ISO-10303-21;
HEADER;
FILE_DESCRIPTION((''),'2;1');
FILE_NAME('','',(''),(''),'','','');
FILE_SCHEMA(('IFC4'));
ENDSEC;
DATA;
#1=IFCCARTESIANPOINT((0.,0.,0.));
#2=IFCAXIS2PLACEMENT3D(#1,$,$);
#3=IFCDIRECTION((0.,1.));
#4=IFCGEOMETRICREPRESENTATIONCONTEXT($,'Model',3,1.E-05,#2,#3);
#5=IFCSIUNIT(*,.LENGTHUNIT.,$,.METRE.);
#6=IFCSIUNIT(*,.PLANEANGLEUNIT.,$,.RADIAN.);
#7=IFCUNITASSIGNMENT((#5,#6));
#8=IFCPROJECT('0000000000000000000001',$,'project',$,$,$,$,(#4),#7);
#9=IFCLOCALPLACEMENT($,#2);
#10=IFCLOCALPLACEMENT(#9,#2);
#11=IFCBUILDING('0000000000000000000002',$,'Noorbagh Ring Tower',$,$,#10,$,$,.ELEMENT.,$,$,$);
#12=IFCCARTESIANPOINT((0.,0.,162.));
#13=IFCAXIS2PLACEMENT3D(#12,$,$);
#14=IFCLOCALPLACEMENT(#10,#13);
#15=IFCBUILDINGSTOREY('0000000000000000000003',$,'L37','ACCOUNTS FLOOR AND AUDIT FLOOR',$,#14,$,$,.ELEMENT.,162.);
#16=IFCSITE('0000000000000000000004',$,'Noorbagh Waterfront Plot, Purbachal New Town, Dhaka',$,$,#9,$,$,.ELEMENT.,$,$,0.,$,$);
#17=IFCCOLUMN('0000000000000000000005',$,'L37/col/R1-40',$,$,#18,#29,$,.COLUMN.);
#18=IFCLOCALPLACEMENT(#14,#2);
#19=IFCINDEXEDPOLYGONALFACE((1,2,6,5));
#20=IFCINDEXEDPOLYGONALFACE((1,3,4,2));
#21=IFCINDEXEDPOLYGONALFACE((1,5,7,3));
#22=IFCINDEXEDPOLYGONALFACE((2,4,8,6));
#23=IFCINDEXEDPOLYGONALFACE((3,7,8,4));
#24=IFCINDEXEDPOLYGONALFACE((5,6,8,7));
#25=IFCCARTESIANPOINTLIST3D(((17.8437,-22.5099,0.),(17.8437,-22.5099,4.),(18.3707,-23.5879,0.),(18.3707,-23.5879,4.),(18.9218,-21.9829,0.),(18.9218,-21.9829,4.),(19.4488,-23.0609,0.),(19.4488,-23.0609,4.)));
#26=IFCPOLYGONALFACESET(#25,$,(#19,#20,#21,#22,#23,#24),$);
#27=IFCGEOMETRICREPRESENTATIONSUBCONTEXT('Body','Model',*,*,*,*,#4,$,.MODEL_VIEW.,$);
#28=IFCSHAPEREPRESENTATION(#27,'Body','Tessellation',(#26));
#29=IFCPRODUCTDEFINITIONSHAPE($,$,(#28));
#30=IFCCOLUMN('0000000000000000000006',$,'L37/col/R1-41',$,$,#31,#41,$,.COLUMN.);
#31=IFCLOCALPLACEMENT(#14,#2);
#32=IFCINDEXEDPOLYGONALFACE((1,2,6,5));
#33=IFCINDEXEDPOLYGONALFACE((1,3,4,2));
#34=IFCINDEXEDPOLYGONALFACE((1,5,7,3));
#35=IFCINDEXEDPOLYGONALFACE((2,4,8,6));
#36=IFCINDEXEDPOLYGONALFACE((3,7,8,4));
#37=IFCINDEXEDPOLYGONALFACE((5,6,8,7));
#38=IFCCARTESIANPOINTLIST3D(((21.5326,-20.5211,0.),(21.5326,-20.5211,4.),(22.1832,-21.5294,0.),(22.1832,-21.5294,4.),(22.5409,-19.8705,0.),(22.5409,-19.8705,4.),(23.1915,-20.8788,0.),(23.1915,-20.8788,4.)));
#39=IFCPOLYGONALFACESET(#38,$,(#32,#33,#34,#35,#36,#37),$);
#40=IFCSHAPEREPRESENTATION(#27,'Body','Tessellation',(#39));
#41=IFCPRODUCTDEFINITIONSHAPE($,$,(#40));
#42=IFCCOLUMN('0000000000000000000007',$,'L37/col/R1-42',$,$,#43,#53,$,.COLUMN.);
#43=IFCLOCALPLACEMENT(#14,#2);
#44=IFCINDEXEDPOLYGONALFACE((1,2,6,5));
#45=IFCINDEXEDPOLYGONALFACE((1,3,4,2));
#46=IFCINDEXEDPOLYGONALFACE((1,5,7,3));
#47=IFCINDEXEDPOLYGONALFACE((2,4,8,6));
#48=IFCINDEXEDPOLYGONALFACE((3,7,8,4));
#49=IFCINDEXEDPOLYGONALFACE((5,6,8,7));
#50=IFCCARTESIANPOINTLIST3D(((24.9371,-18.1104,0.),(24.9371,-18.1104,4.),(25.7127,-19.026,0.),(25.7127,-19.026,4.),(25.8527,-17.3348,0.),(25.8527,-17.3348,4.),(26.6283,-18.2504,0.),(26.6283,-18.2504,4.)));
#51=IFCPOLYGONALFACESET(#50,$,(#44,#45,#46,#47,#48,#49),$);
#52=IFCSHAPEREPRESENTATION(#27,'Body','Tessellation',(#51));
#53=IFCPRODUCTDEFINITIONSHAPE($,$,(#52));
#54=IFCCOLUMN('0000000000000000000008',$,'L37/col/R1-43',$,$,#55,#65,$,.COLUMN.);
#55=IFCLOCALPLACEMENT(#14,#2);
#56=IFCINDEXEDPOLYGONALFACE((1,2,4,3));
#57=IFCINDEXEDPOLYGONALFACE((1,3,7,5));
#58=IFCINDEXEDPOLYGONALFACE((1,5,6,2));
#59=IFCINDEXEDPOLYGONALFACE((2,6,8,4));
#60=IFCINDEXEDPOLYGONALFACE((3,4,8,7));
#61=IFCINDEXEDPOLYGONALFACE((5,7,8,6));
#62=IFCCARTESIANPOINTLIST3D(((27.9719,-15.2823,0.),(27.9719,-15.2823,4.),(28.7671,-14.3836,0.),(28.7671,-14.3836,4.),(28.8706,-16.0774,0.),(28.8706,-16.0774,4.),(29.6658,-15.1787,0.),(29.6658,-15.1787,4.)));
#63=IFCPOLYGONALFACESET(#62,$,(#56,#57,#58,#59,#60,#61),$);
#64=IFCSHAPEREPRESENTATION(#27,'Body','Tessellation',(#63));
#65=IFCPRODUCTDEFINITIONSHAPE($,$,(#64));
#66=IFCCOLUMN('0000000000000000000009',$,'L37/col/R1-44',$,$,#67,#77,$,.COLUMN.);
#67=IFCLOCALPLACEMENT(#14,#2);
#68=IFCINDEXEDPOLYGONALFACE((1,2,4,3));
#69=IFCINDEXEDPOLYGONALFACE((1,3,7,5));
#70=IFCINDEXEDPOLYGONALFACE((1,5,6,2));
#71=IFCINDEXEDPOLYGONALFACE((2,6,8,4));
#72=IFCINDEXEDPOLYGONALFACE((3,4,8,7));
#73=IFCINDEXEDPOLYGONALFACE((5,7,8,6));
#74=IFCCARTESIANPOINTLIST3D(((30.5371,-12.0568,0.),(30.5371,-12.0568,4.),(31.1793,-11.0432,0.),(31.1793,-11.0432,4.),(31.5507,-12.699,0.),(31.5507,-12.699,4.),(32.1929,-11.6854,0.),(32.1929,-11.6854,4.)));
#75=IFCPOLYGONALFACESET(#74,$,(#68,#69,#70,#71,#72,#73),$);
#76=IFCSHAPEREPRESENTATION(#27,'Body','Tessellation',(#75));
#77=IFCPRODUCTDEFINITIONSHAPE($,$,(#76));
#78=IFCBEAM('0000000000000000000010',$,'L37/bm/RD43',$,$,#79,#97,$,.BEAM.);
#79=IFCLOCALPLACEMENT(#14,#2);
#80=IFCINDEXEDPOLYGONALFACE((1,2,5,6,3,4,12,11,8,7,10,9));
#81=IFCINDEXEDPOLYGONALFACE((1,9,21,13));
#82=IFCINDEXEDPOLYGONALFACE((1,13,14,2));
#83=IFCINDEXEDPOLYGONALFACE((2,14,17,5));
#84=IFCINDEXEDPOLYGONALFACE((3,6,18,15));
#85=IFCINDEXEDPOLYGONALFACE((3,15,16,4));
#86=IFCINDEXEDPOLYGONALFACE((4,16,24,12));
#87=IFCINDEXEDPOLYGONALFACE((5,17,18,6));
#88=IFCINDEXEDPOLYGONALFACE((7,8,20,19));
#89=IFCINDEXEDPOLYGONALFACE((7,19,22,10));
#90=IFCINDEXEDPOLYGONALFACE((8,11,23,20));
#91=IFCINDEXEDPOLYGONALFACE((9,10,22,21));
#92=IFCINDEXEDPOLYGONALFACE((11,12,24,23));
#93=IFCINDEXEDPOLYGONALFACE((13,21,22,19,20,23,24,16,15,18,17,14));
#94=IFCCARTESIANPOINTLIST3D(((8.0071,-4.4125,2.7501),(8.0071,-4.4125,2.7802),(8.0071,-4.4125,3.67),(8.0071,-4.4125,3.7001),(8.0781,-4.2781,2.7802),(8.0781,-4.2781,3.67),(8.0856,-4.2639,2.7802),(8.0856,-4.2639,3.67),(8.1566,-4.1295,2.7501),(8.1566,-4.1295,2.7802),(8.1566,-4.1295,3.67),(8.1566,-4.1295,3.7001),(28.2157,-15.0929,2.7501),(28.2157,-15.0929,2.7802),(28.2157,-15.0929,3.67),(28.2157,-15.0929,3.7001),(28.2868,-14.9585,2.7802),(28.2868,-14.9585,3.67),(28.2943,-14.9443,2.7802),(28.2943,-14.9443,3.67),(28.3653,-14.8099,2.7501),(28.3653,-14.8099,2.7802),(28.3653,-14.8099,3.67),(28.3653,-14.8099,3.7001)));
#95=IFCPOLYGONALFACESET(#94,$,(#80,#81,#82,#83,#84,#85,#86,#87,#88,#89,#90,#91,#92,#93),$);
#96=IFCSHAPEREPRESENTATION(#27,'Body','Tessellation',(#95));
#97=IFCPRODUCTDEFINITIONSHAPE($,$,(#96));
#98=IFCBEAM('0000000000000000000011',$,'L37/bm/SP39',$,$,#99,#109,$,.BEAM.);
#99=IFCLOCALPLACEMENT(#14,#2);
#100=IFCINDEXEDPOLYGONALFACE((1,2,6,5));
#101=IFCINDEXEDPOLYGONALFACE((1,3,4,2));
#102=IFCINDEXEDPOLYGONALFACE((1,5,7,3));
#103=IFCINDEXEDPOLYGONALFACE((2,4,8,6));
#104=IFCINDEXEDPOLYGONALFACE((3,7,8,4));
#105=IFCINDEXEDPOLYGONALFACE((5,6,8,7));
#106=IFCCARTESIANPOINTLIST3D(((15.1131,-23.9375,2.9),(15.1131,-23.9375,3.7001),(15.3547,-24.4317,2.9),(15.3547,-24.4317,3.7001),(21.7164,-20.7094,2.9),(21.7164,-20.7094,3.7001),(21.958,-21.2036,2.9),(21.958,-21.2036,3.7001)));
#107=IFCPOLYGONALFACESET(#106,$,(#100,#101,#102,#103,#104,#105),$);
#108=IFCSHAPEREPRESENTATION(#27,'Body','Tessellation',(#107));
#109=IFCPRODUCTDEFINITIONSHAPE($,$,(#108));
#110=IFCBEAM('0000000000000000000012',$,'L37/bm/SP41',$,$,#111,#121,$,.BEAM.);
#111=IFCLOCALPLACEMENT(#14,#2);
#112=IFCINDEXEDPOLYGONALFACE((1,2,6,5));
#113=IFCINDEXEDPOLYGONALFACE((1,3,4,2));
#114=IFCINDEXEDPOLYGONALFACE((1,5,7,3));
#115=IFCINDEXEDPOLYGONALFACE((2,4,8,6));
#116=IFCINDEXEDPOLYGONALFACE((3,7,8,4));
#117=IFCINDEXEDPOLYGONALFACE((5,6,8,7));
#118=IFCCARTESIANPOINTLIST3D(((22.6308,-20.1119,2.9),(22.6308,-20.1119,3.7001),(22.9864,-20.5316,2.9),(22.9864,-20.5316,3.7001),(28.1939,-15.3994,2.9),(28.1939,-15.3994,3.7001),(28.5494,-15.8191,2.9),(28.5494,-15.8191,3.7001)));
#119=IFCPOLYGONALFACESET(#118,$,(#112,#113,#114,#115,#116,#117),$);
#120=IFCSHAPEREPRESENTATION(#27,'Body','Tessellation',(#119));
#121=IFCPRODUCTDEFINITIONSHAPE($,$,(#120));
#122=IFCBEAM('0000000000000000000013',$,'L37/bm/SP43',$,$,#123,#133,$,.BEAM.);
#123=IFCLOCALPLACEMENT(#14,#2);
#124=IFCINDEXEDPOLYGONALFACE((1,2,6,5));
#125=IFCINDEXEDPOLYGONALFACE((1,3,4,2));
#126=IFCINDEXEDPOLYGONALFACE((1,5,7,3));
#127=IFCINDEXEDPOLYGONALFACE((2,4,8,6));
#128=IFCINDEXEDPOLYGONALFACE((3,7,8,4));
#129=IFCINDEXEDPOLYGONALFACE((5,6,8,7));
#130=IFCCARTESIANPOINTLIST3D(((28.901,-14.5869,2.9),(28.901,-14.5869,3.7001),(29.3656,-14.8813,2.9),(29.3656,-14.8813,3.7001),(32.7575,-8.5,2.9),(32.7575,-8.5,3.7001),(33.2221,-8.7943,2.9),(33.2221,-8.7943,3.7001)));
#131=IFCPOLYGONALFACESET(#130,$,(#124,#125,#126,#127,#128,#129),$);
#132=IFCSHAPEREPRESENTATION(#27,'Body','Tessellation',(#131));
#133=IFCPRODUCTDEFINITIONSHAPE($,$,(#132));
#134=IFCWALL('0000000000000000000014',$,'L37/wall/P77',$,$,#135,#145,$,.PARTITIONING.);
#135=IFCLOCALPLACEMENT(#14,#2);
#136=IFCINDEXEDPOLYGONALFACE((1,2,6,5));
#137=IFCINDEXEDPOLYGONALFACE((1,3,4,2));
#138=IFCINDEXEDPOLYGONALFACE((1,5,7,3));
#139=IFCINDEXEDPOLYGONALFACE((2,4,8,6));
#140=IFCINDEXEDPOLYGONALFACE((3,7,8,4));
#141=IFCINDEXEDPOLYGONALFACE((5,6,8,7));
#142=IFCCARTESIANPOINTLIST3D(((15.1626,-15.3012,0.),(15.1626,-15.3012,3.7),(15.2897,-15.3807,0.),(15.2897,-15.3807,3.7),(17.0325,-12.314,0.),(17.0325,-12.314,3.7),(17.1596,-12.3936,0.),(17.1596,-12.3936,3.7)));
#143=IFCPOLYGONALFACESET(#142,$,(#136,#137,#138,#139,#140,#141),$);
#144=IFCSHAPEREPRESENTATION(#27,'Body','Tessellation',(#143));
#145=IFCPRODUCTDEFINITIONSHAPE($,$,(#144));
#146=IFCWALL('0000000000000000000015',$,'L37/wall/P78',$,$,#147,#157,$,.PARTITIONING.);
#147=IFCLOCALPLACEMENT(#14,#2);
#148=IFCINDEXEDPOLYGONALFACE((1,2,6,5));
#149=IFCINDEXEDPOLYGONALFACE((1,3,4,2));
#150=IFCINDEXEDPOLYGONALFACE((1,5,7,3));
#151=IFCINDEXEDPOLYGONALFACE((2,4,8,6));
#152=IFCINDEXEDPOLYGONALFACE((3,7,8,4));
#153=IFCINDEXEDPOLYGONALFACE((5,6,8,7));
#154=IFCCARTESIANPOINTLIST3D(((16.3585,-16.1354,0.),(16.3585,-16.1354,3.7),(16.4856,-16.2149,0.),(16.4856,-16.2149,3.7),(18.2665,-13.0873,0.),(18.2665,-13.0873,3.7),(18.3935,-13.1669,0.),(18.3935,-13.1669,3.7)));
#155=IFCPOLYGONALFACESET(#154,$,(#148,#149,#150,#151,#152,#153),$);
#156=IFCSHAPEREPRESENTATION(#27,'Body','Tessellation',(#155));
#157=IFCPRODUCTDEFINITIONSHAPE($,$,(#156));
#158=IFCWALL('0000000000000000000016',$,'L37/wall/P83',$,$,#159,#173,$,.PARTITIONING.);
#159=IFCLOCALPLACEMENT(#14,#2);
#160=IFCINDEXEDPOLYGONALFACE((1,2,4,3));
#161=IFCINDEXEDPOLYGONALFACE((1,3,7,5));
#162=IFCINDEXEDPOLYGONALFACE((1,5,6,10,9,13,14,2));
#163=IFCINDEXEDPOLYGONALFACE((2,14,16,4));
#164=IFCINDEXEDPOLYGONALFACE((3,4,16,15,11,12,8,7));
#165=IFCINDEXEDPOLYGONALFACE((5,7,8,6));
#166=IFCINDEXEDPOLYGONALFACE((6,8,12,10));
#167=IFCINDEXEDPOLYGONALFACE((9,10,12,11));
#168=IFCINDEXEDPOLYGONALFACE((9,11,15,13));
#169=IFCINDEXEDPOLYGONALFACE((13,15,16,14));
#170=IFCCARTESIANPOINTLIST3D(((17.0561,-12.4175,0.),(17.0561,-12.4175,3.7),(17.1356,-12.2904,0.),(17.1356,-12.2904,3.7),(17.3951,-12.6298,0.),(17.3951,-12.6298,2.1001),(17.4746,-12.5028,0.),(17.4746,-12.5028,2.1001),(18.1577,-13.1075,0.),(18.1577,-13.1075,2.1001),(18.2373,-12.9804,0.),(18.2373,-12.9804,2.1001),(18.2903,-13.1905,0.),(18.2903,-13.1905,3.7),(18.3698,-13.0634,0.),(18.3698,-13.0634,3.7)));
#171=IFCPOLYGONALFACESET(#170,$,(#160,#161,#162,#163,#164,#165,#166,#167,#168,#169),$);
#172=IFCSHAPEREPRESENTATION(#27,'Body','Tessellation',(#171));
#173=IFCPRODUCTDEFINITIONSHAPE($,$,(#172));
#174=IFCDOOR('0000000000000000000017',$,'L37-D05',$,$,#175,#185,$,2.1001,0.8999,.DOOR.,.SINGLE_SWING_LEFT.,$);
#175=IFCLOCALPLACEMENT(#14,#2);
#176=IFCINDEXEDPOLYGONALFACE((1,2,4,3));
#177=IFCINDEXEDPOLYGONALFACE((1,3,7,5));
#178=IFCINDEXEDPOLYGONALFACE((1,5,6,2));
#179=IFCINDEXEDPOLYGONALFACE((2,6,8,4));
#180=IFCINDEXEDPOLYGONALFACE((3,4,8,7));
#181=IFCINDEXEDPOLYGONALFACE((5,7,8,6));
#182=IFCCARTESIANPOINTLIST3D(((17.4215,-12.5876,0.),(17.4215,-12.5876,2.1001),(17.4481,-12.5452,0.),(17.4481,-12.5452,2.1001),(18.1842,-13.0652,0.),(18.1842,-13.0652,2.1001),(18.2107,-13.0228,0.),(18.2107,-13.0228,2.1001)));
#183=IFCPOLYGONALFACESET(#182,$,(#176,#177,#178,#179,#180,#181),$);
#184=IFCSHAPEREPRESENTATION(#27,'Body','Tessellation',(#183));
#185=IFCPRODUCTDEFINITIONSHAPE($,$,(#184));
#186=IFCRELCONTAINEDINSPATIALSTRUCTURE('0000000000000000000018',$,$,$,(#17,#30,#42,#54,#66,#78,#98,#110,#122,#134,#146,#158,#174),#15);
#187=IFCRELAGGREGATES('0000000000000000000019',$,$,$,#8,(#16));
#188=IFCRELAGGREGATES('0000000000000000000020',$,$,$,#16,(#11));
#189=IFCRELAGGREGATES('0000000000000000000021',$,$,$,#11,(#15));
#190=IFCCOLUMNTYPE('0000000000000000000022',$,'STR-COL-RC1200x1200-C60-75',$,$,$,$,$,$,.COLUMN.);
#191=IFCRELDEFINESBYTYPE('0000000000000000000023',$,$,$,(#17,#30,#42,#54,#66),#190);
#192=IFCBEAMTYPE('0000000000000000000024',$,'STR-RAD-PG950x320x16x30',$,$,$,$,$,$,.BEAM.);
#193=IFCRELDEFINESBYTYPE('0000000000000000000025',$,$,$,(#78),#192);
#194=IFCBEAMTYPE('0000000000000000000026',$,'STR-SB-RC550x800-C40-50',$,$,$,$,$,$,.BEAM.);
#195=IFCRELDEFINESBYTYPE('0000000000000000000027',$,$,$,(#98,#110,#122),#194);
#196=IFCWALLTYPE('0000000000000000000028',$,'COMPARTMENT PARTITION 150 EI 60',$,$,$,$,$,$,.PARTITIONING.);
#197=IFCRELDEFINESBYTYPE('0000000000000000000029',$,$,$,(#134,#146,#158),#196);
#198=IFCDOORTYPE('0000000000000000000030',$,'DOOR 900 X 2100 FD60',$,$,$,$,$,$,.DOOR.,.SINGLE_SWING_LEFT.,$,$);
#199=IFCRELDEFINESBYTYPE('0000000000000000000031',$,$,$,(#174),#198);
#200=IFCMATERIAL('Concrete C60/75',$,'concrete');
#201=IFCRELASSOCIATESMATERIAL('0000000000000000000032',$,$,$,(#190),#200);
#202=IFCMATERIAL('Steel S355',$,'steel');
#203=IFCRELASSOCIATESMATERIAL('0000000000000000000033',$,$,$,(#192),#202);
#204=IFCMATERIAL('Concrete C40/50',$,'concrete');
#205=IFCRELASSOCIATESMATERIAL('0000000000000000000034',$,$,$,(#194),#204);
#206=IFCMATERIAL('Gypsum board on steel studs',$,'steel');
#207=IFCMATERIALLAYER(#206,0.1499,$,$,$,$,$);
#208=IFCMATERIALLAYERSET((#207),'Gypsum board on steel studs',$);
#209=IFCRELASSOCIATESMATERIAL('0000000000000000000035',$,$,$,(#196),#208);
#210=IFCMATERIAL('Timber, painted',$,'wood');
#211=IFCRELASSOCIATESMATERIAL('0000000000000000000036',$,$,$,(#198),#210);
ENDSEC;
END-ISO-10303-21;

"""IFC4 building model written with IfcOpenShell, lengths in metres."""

from ifc_helpers import new_model, si_unit, direction, frame, frame_2d, origin, origin_2d, place, context, subcontext, project, spatial, rectangle, i_section, extrude, material, layer, layer_set, material_profile, profile_set, type_object, element, fill, save


model = new_model("IFC4")

# Units and contexts
model_context = context("Model", 3, precision=1e-05, world=origin(), true_north=direction((0.0, 1.0)))
body_context = subcontext(model_context, "Body", "Model", "MODEL_VIEW")
ifc_project = project(units=[si_unit("LENGTHUNIT", "METRE"), si_unit("PLANEANGLEUNIT", "RADIAN")], contexts=[model_context])

# Site, building, storey
site_placement = place(None, origin())
site = spatial("IfcSite", under=ifc_project, at=site_placement, Name="Noorbagh Waterfront Plot, Purbachal New Town, Dhaka", CompositionType="ELEMENT", RefElevation=0.0)
building_placement = place(site_placement, origin())
building = spatial("IfcBuilding", under=site, at=building_placement, Name="Noorbagh Ring Tower", CompositionType="ELEMENT")
storey_placement = place(building_placement, frame((0.0, 0.0, 162.0)))
storey = spatial("IfcBuildingStorey", under=building, at=storey_placement, Name="L37", Description="ACCOUNTS FLOOR AND AUDIT FLOOR", CompositionType="ELEMENT", Elevation=162.0)

# Columns
ifc_material_1 = material(Name="Concrete C60/75", Category="concrete")
ifc_material_profile_1 = material_profile(ifc_material_1, rectangle(XDim=1.2, YDim=1.2, at=origin_2d()), Name="RC1200x1200")
ifc_profile_set_1 = profile_set([ifc_material_profile_1], Name="Concrete C60/75")
column_type = type_object("IfcColumnType", Name="STR-COL-RC1200x1200-C60-75", PredefinedType="COLUMN", material=ifc_profile_set_1)
for number, where, z_axis, x_axis, name in (
    (1, (18.6462, -22.7854, 0.0), (0.0, 0.0, 1.0), (0.898399, 0.43918, 0.0), "L37/col/R1-40"),
    (2, (22.3621, -20.7, 0.0), (0.0, 0.0, 1.0), (0.840248, 0.542203, 0.0), "L37/col/R1-41"),
    (3, (25.7827, -18.1804, 0.0), (0.0, 0.0, 1.0), (0.763035, 0.646357, 0.0), "L37/col/R1-42"),
    (4, (28.8188, -15.2305, 0.0), (0.0, 0.0, 1.0), (0.662636, 0.748942, 0.0), "L37/col/R1-43"),
    (5, (31.365, -11.8711, 0.0), (0.0, 0.0, 1.0), (0.53519, 0.844731, 0.0), "L37/col/R1-44"),
):
    element("IfcColumn", number, at=place(storey_placement, frame(where, z_axis=z_axis, x_axis=x_axis)), inside=storey, type_object=column_type, Name=name, PredefinedType="COLUMN", context=body_context, shape_type="SweptSolid", body=[
        extrude(rectangle(XDim=1.2, YDim=1.2, at=origin_2d()), origin(), (0.0, 0.0, 1.0), 4.0),
    ])

# Beams
ifc_material_2 = material(Name="Steel S355", Category="steel")
ifc_material_profile_2 = material_profile(ifc_material_2, i_section(OverallWidth=0.3201, OverallDepth=0.95, WebThickness=0.0161, FlangeThickness=0.03, at=origin_2d()), Name="PG950x320x16x30")
ifc_profile_set_2 = profile_set([ifc_material_profile_2], Name="Steel S355")
beam_type_1 = type_object("IfcBeamType", Name="STR-RAD-PG950x320x16x30", PredefinedType="BEAM", material=ifc_profile_set_2)
beam_1_placement = place(storey_placement, frame((28.2905, -14.9514, 3.2251), z_axis=(-0.884119, 0.467261, 0.0), x_axis=(-0.467261, -0.884119, 0.0)))
element("IfcBeam", 6, at=beam_1_placement, inside=storey, type_object=beam_type_1, Name="L37/bm/RD43", PredefinedType="BEAM", context=body_context, shape_type="SweptSolid", body=[
    extrude(i_section(OverallWidth=0.3201, OverallDepth=0.95, WebThickness=0.0161, FlangeThickness=0.03, at=origin_2d()), origin(), (0.0, 0.0, 1.0), 22.8574),
])
ifc_material_3 = material(Name="Concrete C40/50", Category="concrete")
ifc_material_profile_3 = material_profile(ifc_material_3, rectangle(XDim=0.55, YDim=0.8, at=origin_2d()), Name="RC550x800")
ifc_profile_set_3 = profile_set([ifc_material_profile_3], Name="Concrete C40/50")
beam_type_2 = type_object("IfcBeamType", Name="STR-SB-RC550x800-C40-50", PredefinedType="BEAM", material=ifc_profile_set_3)
beam_2_placement = place(storey_placement, frame((15.2339, -24.1846, 3.3), z_axis=(0.898397, 0.439184, 0.0), x_axis=(-0.439184, 0.898397, 0.0)))
element("IfcBeam", 7, at=beam_2_placement, inside=storey, type_object=beam_type_2, Name="L37/bm/SP39", PredefinedType="BEAM", context=body_context, shape_type="SweptSolid", body=[
    extrude(rectangle(XDim=0.55, YDim=0.8, at=origin_2d()), origin(), (0.0, 0.0, 1.0), 7.3501),
])
beam_3_placement = place(storey_placement, frame((22.8086, -20.3218, 3.3), z_axis=(0.763031, 0.646362, 0.0), x_axis=(-0.646362, 0.763031, 0.0)))
element("IfcBeam", 8, at=beam_3_placement, inside=storey, type_object=beam_type_2, Name="L37/bm/SP41", PredefinedType="BEAM", context=body_context, shape_type="SweptSolid", body=[
    extrude(rectangle(XDim=0.55, YDim=0.8, at=origin_2d()), origin(), (0.0, 0.0, 1.0), 7.2908),
])
beam_4_placement = place(storey_placement, frame((29.1333, -14.7341, 3.3), z_axis=(0.535191, 0.844731, 0.0), x_axis=(-0.844731, 0.535191, 0.0)))
element("IfcBeam", 9, at=beam_4_placement, inside=storey, type_object=beam_type_2, Name="L37/bm/SP43", PredefinedType="BEAM", context=body_context, shape_type="SweptSolid", body=[
    extrude(rectangle(XDim=0.55, YDim=0.8, at=origin_2d()), origin(), (0.0, 0.0, 1.0), 7.2058),
])

# Walls
ifc_material_4 = material(Name="Gypsum board on steel studs", Category="steel")
ifc_layer_1 = layer(ifc_material_4, 0.1499)
ifc_layer_set_1 = layer_set([ifc_layer_1], Name="Gypsum board on steel studs")
wall_type_1 = type_object("IfcWallType", Name="COMPARTMENT PARTITION 150 EI 60", PredefinedType="PARTITIONING", material=ifc_layer_set_1)
wall_1_placement = place(storey_placement, frame((15.2261, -15.3411, 0.0), z_axis=(0.0, 0.0, 1.0), x_axis=(0.530603, 0.847621, 0.0)))
element("IfcWall", 10, at=wall_1_placement, inside=storey, type_object=wall_type_1, Name="L37/wall/P77", PredefinedType="PARTITIONING", context=body_context, shape_type="SweptSolid", body=[
    extrude(rectangle(XDim=3.5242, YDim=0.1499, at=frame_2d((1.7622, 0.0))), origin(), (0.0, 0.0, 1.0), 3.7),
])
wall_2_placement = place(storey_placement, frame((16.4221, -16.175, 0.0), z_axis=(0.0, 0.0, 1.0), x_axis=(0.530579, 0.847636, 0.0)))
element("IfcWall", 11, at=wall_2_placement, inside=storey, type_object=wall_type_1, Name="L37/wall/P78", PredefinedType="PARTITIONING", context=body_context, shape_type="SweptSolid", body=[
    extrude(rectangle(XDim=3.5959, YDim=0.1499, at=frame_2d((1.7979, 0.0))), origin(), (0.0, 0.0, 1.0), 3.7),
])

# Wall, opening, door
wall_3_placement = place(storey_placement, frame((17.0959, -12.354, 0.0), z_axis=(0.0, 0.0, 1.0), x_axis=(0.847499, -0.530797, 0.0)))
wall_3 = element("IfcWall", 12, at=wall_3_placement, inside=storey, type_object=wall_type_1, Name="L37/wall/P83", PredefinedType="PARTITIONING", context=body_context, shape_type="SweptSolid", body=[
    extrude(rectangle(XDim=1.4563, YDim=0.1499, at=frame_2d((0.728, 0.0))), origin(), (0.0, 0.0, 1.0), 3.7),
])
opening_1_placement = place(wall_3_placement, frame((0.3999, 0.0, 0.0)))
opening_1 = element("IfcOpeningElement", 13, at=opening_1_placement, cuts=wall_3, PredefinedType="OPENING", context=body_context, shape_type="SweptSolid", body=[
    extrude(rectangle(XDim=0.8999, YDim=2.1001, at=frame_2d((0.45, 1.05))), frame((0.0, 0.085, 0.0), z_axis=(0.0, -1.0, 0.0), x_axis=(1.0, 0.0, 0.0)), (0.0, 0.0, 1.0), 0.1699),
])
ifc_material_5 = material(Name="Timber, painted", Category="wood")
door_type_1 = type_object("IfcDoorType", Name="DOOR 900 X 2100 FD60", OperationType="SINGLE_SWING_LEFT", PredefinedType="DOOR", material=ifc_material_5)
door_1_placement = place(opening_1_placement, origin())
door_1 = element("IfcDoor", 14, at=door_1_placement, inside=storey, type_object=door_type_1, Name="L37-D05", OperationType="SINGLE_SWING_LEFT", OverallHeight=2.1001, OverallWidth=0.8999, PredefinedType="DOOR", context=body_context, shape_type="SweptSolid", body=[
    extrude(rectangle(XDim=0.8999, YDim=2.1001, at=frame_2d((0.45, 1.05))), frame((0.0, 0.0249, 0.0), z_axis=(0.0, -1.0, 0.0), x_axis=(1.0, 0.0, 0.0)), (0.0, 0.0, 1.0), 0.05),
])
fill(opening_1, door_1)

save(model, "model.ifc")
